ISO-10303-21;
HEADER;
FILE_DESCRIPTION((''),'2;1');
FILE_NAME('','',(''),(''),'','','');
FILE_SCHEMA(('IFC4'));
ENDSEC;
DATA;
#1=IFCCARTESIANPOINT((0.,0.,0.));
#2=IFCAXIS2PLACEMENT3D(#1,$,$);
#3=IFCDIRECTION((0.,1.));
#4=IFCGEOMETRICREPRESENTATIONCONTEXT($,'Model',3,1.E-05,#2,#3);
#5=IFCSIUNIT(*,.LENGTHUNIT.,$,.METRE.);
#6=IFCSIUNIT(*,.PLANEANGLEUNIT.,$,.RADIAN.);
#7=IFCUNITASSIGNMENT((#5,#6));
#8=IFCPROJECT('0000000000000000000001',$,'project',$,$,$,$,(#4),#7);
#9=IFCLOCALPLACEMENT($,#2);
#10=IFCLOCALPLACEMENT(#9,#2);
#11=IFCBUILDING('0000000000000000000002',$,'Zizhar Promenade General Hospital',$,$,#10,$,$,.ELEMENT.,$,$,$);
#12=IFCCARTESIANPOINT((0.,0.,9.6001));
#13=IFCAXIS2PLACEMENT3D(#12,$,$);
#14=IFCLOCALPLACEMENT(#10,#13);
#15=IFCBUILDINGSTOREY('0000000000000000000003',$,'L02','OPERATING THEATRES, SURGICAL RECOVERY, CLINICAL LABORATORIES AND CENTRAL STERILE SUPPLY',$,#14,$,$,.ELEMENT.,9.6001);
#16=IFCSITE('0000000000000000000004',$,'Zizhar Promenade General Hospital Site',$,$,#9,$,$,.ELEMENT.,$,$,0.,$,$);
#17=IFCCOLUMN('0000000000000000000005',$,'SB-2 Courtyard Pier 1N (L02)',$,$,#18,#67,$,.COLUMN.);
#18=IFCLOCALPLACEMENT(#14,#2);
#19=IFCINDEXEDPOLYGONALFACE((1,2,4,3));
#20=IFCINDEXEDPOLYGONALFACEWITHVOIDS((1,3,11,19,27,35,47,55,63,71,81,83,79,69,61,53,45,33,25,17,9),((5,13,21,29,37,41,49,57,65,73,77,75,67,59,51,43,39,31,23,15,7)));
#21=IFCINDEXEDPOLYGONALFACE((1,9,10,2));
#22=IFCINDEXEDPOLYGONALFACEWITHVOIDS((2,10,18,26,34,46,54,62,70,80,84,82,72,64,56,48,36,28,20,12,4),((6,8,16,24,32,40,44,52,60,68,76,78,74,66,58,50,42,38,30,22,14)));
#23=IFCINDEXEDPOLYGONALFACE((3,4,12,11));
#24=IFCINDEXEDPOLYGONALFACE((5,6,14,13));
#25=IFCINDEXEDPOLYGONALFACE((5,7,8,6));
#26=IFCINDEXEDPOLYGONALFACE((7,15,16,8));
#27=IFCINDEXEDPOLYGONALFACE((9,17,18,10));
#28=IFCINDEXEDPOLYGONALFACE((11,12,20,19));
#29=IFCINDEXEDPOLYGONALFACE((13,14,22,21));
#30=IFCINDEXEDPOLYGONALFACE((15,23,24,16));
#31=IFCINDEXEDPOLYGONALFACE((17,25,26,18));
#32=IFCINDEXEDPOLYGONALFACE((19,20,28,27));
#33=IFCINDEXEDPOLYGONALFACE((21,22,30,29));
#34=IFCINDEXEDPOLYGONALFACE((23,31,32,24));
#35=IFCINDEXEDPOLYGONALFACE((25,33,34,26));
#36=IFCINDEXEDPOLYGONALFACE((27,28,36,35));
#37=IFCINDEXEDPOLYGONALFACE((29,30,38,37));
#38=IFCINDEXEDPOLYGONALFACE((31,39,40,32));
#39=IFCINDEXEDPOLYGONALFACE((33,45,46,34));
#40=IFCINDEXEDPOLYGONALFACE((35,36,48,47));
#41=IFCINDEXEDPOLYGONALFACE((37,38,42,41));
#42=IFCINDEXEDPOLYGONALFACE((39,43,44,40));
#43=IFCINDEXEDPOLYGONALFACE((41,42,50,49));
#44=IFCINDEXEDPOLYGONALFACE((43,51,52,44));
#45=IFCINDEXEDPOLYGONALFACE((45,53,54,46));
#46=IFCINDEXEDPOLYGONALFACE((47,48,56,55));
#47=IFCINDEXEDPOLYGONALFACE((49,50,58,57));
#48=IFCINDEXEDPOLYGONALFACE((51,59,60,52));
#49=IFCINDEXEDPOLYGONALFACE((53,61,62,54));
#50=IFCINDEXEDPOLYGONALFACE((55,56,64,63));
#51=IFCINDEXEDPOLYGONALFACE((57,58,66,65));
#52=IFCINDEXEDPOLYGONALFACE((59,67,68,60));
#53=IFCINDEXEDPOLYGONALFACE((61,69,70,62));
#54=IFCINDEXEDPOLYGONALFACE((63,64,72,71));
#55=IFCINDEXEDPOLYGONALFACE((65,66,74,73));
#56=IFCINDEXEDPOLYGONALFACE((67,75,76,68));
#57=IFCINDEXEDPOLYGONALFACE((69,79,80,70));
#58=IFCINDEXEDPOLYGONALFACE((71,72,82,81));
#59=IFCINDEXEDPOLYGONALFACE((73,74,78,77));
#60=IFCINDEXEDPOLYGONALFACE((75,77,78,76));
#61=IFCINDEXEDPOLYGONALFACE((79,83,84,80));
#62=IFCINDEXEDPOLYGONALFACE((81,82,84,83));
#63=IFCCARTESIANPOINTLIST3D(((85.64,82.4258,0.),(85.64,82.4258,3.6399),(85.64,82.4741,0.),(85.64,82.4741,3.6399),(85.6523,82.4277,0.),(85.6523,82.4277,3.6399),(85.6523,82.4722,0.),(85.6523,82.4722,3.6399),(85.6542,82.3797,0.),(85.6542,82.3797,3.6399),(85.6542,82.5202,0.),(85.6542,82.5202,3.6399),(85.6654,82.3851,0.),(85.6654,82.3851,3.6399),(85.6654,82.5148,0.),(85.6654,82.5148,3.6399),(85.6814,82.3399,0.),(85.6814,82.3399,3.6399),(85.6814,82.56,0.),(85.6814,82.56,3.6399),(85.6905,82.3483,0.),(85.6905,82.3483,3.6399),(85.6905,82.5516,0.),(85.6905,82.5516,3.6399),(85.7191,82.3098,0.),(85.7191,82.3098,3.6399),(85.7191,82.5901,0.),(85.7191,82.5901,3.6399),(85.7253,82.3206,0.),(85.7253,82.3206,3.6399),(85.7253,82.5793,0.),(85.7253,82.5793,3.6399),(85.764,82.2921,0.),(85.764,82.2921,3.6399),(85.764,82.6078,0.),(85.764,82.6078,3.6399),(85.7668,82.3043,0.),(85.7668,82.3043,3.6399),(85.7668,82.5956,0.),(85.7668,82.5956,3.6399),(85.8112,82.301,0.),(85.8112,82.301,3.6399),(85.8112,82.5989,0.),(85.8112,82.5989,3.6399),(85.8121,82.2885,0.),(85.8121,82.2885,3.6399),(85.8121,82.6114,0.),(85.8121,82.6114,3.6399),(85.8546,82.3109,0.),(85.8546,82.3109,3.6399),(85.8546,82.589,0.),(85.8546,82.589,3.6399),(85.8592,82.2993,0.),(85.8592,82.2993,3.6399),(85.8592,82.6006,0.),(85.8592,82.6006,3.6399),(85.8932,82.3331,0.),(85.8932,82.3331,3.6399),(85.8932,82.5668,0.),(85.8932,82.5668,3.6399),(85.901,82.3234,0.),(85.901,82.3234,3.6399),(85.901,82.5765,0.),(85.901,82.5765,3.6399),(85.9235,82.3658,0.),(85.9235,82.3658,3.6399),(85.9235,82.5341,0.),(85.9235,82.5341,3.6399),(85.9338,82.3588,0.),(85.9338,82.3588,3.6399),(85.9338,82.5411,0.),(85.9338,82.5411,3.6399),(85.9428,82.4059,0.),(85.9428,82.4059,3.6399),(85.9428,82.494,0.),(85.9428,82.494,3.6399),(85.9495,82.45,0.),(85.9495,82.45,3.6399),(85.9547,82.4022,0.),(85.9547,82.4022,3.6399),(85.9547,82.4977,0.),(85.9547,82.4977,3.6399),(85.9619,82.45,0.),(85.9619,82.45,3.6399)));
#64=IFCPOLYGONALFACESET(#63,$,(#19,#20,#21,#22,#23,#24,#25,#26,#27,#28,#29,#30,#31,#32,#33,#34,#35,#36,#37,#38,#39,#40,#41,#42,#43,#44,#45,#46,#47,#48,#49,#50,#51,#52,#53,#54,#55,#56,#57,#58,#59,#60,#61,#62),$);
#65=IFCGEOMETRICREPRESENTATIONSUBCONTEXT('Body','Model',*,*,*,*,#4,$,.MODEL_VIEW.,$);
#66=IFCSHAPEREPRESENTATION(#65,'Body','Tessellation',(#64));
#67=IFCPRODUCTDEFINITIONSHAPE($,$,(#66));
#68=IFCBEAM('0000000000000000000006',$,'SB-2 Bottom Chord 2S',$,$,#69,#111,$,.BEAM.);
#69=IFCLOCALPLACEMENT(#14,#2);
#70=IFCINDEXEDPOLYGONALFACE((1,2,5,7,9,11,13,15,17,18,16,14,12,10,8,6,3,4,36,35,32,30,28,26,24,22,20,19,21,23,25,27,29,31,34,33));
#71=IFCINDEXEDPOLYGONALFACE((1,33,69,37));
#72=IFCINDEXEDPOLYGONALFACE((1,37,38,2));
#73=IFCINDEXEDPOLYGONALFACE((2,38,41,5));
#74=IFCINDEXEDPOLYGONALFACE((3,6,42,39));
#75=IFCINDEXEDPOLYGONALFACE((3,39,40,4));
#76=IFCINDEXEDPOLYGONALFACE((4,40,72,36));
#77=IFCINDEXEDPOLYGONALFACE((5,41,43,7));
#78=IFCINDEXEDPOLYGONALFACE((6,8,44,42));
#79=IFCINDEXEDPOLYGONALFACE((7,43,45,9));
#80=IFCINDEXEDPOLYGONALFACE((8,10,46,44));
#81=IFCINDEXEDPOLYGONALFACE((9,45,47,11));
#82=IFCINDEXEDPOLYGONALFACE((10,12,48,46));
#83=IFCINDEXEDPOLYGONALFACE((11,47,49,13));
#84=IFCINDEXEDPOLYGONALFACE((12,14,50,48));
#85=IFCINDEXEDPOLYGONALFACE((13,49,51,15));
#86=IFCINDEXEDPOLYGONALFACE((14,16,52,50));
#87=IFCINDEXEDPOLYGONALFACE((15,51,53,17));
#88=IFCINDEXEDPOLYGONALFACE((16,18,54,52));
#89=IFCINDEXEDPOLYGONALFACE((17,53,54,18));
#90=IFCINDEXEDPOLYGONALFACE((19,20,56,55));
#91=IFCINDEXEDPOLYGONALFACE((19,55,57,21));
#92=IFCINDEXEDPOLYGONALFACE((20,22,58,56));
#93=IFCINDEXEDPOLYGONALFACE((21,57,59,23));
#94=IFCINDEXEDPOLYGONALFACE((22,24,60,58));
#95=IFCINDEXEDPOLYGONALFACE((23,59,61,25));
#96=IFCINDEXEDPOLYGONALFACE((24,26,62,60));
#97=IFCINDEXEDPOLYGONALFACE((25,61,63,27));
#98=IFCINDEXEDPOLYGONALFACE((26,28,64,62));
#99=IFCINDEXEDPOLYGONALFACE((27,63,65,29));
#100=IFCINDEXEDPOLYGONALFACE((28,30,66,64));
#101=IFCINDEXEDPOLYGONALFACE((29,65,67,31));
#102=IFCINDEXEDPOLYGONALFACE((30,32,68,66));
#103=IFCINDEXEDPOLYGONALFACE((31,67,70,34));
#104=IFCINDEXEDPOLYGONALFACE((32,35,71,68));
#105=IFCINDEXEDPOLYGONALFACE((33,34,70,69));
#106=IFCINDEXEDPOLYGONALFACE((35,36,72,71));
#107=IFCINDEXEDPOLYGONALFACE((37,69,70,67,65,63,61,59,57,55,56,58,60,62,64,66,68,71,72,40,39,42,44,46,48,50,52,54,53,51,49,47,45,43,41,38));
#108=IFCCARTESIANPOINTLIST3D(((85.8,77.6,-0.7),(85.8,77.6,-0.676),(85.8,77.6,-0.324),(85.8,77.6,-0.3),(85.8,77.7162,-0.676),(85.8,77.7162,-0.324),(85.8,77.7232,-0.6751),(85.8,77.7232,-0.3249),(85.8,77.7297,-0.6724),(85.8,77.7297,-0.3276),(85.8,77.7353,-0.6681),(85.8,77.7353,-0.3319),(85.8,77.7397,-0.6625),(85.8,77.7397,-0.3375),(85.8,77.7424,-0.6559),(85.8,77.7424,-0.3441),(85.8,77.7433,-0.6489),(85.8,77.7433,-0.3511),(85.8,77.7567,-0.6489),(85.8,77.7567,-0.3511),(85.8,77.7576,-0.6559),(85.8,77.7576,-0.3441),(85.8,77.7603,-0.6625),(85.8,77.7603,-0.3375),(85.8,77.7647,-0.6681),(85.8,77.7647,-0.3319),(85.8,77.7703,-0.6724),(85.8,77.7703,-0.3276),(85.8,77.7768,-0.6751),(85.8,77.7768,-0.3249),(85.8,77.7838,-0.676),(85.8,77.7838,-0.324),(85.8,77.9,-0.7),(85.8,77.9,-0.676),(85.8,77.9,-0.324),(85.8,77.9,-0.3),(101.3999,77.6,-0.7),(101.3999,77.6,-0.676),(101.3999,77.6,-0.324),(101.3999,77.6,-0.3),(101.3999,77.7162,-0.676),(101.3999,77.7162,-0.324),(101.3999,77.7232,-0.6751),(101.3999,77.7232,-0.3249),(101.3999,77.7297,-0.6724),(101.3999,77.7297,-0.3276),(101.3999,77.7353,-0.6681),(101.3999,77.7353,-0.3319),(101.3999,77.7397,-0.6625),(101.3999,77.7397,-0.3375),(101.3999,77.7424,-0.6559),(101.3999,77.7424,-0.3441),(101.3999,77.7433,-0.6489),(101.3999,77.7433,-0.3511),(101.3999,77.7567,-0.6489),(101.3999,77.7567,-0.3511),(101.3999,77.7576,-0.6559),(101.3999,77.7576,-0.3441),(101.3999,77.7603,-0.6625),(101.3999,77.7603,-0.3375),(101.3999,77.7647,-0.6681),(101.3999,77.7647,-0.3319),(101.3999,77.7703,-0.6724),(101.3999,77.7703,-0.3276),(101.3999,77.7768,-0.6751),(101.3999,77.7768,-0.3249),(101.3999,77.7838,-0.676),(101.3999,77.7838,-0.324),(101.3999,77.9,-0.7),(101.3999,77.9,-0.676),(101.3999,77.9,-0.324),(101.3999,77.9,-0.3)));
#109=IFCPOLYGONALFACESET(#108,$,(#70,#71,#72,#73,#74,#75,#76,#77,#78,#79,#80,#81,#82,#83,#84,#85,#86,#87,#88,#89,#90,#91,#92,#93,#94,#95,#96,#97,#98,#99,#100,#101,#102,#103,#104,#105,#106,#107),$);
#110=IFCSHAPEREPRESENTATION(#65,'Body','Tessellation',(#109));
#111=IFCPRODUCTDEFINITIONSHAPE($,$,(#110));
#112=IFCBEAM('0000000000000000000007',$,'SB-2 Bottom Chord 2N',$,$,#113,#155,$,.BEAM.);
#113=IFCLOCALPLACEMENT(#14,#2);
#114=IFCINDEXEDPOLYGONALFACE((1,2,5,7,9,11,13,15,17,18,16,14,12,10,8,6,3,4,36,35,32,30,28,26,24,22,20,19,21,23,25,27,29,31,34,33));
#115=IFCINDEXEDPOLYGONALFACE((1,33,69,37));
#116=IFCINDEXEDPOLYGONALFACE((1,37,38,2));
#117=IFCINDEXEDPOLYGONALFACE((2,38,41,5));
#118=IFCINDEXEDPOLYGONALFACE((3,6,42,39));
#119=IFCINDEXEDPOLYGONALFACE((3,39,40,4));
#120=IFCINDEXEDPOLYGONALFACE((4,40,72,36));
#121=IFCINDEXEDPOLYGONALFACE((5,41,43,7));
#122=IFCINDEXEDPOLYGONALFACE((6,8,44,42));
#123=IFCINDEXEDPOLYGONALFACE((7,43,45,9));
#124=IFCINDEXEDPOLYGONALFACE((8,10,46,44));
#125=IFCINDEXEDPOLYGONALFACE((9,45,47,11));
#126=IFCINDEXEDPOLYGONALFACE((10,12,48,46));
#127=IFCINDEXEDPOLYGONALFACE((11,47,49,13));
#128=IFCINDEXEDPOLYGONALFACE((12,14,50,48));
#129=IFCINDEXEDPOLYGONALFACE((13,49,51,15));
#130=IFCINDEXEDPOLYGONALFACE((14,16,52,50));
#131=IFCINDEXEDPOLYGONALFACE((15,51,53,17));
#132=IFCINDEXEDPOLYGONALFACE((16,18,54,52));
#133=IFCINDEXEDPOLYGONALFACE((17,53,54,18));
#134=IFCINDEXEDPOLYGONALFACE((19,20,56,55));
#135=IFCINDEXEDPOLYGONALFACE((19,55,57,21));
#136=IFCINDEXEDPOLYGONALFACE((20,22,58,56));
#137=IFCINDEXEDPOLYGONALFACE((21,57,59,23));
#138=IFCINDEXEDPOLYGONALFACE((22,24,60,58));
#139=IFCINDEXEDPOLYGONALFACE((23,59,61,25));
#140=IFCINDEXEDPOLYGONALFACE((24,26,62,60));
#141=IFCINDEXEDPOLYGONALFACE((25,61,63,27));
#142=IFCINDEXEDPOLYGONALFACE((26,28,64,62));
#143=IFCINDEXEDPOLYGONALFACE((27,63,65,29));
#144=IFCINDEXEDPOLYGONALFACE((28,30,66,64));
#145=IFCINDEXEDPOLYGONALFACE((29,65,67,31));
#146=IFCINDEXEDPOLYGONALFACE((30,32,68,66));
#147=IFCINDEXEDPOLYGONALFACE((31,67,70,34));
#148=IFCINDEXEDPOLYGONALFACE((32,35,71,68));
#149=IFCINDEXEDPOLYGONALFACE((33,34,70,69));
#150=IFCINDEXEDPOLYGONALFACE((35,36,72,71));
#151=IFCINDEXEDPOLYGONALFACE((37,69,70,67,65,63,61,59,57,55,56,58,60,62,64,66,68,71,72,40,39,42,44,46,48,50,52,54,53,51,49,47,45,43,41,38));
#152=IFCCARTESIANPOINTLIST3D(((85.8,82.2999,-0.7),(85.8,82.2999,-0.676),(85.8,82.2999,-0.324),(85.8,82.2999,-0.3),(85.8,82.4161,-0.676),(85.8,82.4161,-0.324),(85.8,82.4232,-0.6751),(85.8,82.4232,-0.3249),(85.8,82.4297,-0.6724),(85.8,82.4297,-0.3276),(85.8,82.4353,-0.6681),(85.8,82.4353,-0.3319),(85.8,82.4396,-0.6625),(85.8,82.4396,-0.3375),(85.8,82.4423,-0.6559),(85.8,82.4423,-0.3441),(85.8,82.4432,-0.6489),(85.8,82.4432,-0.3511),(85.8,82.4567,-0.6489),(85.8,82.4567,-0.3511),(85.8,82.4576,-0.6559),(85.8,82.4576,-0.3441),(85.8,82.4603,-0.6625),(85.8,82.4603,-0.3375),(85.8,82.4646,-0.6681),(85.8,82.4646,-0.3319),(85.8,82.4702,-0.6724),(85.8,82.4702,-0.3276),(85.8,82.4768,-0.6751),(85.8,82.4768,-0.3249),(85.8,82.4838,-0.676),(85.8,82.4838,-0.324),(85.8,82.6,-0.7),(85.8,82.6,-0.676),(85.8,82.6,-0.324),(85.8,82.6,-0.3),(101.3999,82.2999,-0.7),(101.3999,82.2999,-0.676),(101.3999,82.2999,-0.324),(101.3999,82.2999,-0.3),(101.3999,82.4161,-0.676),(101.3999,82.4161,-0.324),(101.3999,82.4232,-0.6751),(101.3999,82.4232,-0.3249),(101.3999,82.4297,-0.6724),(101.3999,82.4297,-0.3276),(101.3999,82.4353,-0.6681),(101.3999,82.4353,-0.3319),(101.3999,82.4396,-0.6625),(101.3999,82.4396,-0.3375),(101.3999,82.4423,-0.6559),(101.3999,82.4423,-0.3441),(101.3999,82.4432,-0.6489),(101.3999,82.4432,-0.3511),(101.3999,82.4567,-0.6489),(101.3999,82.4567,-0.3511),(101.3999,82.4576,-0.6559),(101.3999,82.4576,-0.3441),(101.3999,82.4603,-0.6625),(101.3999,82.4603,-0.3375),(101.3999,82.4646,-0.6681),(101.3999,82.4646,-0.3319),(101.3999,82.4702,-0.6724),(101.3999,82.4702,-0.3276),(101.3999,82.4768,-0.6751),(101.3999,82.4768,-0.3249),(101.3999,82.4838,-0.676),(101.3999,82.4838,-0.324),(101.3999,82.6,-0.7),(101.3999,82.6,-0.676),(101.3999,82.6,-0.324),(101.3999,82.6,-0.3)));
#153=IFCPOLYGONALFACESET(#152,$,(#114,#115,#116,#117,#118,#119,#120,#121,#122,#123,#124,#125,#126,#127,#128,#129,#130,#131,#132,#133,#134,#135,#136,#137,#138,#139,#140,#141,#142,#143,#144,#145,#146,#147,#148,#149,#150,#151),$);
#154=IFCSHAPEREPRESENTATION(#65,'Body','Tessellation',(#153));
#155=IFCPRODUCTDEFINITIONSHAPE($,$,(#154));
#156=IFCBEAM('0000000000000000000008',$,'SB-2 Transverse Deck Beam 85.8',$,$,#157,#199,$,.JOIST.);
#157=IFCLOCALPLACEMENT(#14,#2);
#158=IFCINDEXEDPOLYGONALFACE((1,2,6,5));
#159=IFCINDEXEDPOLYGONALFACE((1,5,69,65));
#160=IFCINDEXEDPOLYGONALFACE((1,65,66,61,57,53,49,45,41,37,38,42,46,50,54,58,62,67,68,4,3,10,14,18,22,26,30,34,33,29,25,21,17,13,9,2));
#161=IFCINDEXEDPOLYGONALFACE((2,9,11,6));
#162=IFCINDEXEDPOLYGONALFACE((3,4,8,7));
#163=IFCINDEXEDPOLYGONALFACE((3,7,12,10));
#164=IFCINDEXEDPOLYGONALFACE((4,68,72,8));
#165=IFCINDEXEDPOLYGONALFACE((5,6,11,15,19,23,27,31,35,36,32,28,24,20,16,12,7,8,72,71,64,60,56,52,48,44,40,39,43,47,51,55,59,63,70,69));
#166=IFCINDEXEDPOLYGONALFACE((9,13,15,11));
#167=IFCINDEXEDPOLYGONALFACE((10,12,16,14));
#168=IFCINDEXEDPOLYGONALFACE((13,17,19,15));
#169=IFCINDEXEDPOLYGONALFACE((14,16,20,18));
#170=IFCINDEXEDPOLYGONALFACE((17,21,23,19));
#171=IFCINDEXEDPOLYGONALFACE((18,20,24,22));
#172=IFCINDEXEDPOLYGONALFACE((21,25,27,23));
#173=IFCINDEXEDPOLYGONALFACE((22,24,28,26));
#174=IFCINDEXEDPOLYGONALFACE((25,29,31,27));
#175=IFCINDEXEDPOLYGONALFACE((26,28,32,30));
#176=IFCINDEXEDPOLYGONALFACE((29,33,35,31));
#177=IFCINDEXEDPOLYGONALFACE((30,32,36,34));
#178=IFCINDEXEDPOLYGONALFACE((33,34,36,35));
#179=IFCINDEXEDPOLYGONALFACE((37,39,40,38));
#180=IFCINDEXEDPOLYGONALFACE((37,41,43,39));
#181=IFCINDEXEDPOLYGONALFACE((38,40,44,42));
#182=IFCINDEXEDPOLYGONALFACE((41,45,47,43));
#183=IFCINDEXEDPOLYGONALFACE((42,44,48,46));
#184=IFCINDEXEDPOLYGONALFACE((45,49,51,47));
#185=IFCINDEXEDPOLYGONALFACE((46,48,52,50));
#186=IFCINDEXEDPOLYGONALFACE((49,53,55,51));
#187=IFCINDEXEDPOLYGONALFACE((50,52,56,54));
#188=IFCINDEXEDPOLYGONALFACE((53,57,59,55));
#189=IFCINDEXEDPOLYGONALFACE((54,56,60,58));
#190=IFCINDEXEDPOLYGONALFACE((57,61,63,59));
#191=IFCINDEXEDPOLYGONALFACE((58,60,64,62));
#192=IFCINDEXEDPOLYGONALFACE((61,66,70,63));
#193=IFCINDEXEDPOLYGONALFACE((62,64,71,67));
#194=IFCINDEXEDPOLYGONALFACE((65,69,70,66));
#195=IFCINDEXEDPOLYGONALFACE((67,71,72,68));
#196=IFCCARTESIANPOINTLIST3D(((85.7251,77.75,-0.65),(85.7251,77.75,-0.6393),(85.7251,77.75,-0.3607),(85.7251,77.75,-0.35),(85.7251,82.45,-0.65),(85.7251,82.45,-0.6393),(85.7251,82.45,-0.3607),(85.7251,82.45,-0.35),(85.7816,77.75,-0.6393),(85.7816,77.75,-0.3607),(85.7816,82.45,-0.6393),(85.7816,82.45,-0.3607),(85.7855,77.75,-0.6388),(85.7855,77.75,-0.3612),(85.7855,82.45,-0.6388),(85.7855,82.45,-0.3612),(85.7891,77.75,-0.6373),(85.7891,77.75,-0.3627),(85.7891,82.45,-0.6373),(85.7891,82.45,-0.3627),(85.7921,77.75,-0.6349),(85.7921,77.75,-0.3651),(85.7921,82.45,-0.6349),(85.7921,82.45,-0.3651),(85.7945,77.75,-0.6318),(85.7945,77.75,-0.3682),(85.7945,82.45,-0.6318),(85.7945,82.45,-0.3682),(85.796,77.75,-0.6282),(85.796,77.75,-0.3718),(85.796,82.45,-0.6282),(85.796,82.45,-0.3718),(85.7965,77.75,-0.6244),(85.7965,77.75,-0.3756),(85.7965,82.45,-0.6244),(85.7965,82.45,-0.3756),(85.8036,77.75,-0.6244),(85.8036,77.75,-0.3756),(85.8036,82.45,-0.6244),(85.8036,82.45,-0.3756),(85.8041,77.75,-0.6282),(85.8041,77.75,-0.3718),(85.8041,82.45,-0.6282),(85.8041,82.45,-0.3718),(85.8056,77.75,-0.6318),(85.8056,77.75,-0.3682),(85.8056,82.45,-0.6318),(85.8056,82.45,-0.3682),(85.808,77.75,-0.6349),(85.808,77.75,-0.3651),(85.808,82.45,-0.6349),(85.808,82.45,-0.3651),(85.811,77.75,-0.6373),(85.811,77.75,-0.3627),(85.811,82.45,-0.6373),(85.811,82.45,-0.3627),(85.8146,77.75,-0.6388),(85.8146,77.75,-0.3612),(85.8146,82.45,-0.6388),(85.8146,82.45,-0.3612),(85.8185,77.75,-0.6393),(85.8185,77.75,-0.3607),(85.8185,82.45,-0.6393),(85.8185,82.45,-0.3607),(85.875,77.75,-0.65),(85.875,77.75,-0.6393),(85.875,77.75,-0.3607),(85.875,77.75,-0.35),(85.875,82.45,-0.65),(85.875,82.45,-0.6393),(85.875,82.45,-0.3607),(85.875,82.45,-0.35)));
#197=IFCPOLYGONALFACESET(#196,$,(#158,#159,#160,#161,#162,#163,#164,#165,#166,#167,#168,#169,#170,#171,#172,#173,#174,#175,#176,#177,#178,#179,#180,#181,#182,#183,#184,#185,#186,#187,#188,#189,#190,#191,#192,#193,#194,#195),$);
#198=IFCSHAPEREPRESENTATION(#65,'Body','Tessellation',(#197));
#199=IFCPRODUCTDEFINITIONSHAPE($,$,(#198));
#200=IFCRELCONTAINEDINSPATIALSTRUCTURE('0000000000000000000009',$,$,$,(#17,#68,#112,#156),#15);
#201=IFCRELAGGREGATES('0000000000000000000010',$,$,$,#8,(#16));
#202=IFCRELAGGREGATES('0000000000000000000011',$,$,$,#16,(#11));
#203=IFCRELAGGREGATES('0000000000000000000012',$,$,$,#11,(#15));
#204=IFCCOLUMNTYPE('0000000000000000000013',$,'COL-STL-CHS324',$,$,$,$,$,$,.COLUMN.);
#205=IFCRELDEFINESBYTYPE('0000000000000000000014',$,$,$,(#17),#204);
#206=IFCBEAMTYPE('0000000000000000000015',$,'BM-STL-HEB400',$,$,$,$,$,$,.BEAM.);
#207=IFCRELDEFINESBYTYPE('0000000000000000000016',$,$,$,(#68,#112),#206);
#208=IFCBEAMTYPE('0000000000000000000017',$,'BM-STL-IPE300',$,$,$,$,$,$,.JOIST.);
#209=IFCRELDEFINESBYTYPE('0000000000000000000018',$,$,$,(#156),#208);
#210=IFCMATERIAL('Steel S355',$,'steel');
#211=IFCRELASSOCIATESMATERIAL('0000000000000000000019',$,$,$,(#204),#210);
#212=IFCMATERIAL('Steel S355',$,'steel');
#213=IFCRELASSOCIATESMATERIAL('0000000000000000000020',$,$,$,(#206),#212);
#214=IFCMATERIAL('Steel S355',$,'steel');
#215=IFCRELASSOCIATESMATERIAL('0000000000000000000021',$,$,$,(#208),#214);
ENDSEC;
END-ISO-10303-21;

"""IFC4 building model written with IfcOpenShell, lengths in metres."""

from ifc_helpers import new_model, si_unit, direction, frame, origin, origin_2d, place, context, subcontext, project, spatial, hollow_circle, i_section, extrude, material, material_profile, profile_set, type_object, element, save


model = new_model("IFC4")

# Units and contexts
model_context = context("Model", 3, precision=1e-05, world=origin(), true_north=direction((0.0, 1.0)))
body_context = subcontext(model_context, "Body", "Model", "MODEL_VIEW")
ifc_project = project(units=[si_unit("LENGTHUNIT", "METRE"), si_unit("PLANEANGLEUNIT", "RADIAN")], contexts=[model_context])

# Site, building, storey
site_placement = place(None, origin())
site = spatial("IfcSite", under=ifc_project, at=site_placement, Name="Zizhar Promenade General Hospital Site", CompositionType="ELEMENT", RefElevation=0.0)
building_placement = place(site_placement, origin())
building = spatial("IfcBuilding", under=site, at=building_placement, Name="Zizhar Promenade General Hospital", CompositionType="ELEMENT")
storey_placement = place(building_placement, frame((0.0, 0.0, 9.6001)))
storey = spatial("IfcBuildingStorey", under=building, at=storey_placement, Name="L02", Description="OPERATING THEATRES, SURGICAL RECOVERY, CLINICAL LABORATORIES AND CENTRAL STERILE SUPPLY", CompositionType="ELEMENT", Elevation=9.6001)

# Column
ifc_material_1 = material(Name="Steel S355", Category="steel")
ifc_material_profile_1 = material_profile(ifc_material_1, hollow_circle(Radius=0.1619, WallThickness=0.0125, at=origin_2d()))
ifc_profile_set_1 = profile_set([ifc_material_profile_1], Name="Steel S355")
column_type = type_object("IfcColumnType", Name="COL-STL-CHS324", PredefinedType="COLUMN", material=ifc_profile_set_1)
column_placement = place(storey_placement, frame((85.8, 82.45, 0.0), z_axis=(0.0, 0.0, 1.0), x_axis=(1.0, 0.0, 0.0)))
element("IfcColumn", 1, at=column_placement, inside=storey, type_object=column_type, Name="SB-2 Courtyard Pier 1N (L02)", PredefinedType="COLUMN", context=body_context, shape_type="SweptSolid", body=[
    extrude(hollow_circle(Radius=0.1619, WallThickness=0.0125, at=origin_2d()), origin(), (0.0, 0.0, 1.0), 3.6399),
])

# Beams
ifc_material_2 = material(Name="Steel S355", Category="steel")
ifc_material_profile_2 = material_profile(ifc_material_2, i_section(OverallWidth=0.3, OverallDepth=0.3999, WebThickness=0.0134, FlangeThickness=0.0239, FilletRadius=0.0271, at=origin_2d()))
ifc_profile_set_2 = profile_set([ifc_material_profile_2], Name="Steel S355")
beam_type_1 = type_object("IfcBeamType", Name="BM-STL-HEB400", PredefinedType="BEAM", material=ifc_profile_set_2)
for number, where, z_axis, x_axis, name in (
    (2, (85.8, 77.75, -0.5), (1.0, 0.0, 0.0), (0.0, 1.0, 0.0), "SB-2 Bottom Chord 2S"),
    (3, (85.8, 82.45, -0.5), (1.0, 0.0, 0.0), (0.0, 1.0, 0.0), "SB-2 Bottom Chord 2N"),
):
    element("IfcBeam", number, at=place(storey_placement, frame(where, z_axis=z_axis, x_axis=x_axis)), inside=storey, type_object=beam_type_1, Name=name, PredefinedType="BEAM", context=body_context, shape_type="SweptSolid", body=[
        extrude(i_section(OverallWidth=0.3, OverallDepth=0.3999, WebThickness=0.0134, FlangeThickness=0.0239, FilletRadius=0.0271, at=origin_2d()), origin(), (0.0, 0.0, 1.0), 15.5999),
    ])
ifc_material_3 = material(Name="Steel S355", Category="steel")
ifc_material_profile_3 = material_profile(ifc_material_3, i_section(OverallWidth=0.1499, OverallDepth=0.3, WebThickness=0.0071, FlangeThickness=0.0107, FilletRadius=0.0149, at=origin_2d()))
ifc_profile_set_3 = profile_set([ifc_material_profile_3], Name="Steel S355")
beam_type_2 = type_object("IfcBeamType", Name="BM-STL-IPE300", PredefinedType="JOIST", material=ifc_profile_set_3)
beam_placement = place(storey_placement, frame((85.8, 77.75, -0.5), z_axis=(0.0, 1.0, 0.0), x_axis=(-1.0, 0.0, 0.0)))
element("IfcBeam", 4, at=beam_placement, inside=storey, type_object=beam_type_2, Name="SB-2 Transverse Deck Beam 85.8", PredefinedType="JOIST", context=body_context, shape_type="SweptSolid", body=[
    extrude(i_section(OverallWidth=0.1499, OverallDepth=0.3, WebThickness=0.0071, FlangeThickness=0.0107, FilletRadius=0.0149, at=origin_2d()), origin(), (0.0, 0.0, 1.0), 4.7),
])

save(model, "model.ifc")
